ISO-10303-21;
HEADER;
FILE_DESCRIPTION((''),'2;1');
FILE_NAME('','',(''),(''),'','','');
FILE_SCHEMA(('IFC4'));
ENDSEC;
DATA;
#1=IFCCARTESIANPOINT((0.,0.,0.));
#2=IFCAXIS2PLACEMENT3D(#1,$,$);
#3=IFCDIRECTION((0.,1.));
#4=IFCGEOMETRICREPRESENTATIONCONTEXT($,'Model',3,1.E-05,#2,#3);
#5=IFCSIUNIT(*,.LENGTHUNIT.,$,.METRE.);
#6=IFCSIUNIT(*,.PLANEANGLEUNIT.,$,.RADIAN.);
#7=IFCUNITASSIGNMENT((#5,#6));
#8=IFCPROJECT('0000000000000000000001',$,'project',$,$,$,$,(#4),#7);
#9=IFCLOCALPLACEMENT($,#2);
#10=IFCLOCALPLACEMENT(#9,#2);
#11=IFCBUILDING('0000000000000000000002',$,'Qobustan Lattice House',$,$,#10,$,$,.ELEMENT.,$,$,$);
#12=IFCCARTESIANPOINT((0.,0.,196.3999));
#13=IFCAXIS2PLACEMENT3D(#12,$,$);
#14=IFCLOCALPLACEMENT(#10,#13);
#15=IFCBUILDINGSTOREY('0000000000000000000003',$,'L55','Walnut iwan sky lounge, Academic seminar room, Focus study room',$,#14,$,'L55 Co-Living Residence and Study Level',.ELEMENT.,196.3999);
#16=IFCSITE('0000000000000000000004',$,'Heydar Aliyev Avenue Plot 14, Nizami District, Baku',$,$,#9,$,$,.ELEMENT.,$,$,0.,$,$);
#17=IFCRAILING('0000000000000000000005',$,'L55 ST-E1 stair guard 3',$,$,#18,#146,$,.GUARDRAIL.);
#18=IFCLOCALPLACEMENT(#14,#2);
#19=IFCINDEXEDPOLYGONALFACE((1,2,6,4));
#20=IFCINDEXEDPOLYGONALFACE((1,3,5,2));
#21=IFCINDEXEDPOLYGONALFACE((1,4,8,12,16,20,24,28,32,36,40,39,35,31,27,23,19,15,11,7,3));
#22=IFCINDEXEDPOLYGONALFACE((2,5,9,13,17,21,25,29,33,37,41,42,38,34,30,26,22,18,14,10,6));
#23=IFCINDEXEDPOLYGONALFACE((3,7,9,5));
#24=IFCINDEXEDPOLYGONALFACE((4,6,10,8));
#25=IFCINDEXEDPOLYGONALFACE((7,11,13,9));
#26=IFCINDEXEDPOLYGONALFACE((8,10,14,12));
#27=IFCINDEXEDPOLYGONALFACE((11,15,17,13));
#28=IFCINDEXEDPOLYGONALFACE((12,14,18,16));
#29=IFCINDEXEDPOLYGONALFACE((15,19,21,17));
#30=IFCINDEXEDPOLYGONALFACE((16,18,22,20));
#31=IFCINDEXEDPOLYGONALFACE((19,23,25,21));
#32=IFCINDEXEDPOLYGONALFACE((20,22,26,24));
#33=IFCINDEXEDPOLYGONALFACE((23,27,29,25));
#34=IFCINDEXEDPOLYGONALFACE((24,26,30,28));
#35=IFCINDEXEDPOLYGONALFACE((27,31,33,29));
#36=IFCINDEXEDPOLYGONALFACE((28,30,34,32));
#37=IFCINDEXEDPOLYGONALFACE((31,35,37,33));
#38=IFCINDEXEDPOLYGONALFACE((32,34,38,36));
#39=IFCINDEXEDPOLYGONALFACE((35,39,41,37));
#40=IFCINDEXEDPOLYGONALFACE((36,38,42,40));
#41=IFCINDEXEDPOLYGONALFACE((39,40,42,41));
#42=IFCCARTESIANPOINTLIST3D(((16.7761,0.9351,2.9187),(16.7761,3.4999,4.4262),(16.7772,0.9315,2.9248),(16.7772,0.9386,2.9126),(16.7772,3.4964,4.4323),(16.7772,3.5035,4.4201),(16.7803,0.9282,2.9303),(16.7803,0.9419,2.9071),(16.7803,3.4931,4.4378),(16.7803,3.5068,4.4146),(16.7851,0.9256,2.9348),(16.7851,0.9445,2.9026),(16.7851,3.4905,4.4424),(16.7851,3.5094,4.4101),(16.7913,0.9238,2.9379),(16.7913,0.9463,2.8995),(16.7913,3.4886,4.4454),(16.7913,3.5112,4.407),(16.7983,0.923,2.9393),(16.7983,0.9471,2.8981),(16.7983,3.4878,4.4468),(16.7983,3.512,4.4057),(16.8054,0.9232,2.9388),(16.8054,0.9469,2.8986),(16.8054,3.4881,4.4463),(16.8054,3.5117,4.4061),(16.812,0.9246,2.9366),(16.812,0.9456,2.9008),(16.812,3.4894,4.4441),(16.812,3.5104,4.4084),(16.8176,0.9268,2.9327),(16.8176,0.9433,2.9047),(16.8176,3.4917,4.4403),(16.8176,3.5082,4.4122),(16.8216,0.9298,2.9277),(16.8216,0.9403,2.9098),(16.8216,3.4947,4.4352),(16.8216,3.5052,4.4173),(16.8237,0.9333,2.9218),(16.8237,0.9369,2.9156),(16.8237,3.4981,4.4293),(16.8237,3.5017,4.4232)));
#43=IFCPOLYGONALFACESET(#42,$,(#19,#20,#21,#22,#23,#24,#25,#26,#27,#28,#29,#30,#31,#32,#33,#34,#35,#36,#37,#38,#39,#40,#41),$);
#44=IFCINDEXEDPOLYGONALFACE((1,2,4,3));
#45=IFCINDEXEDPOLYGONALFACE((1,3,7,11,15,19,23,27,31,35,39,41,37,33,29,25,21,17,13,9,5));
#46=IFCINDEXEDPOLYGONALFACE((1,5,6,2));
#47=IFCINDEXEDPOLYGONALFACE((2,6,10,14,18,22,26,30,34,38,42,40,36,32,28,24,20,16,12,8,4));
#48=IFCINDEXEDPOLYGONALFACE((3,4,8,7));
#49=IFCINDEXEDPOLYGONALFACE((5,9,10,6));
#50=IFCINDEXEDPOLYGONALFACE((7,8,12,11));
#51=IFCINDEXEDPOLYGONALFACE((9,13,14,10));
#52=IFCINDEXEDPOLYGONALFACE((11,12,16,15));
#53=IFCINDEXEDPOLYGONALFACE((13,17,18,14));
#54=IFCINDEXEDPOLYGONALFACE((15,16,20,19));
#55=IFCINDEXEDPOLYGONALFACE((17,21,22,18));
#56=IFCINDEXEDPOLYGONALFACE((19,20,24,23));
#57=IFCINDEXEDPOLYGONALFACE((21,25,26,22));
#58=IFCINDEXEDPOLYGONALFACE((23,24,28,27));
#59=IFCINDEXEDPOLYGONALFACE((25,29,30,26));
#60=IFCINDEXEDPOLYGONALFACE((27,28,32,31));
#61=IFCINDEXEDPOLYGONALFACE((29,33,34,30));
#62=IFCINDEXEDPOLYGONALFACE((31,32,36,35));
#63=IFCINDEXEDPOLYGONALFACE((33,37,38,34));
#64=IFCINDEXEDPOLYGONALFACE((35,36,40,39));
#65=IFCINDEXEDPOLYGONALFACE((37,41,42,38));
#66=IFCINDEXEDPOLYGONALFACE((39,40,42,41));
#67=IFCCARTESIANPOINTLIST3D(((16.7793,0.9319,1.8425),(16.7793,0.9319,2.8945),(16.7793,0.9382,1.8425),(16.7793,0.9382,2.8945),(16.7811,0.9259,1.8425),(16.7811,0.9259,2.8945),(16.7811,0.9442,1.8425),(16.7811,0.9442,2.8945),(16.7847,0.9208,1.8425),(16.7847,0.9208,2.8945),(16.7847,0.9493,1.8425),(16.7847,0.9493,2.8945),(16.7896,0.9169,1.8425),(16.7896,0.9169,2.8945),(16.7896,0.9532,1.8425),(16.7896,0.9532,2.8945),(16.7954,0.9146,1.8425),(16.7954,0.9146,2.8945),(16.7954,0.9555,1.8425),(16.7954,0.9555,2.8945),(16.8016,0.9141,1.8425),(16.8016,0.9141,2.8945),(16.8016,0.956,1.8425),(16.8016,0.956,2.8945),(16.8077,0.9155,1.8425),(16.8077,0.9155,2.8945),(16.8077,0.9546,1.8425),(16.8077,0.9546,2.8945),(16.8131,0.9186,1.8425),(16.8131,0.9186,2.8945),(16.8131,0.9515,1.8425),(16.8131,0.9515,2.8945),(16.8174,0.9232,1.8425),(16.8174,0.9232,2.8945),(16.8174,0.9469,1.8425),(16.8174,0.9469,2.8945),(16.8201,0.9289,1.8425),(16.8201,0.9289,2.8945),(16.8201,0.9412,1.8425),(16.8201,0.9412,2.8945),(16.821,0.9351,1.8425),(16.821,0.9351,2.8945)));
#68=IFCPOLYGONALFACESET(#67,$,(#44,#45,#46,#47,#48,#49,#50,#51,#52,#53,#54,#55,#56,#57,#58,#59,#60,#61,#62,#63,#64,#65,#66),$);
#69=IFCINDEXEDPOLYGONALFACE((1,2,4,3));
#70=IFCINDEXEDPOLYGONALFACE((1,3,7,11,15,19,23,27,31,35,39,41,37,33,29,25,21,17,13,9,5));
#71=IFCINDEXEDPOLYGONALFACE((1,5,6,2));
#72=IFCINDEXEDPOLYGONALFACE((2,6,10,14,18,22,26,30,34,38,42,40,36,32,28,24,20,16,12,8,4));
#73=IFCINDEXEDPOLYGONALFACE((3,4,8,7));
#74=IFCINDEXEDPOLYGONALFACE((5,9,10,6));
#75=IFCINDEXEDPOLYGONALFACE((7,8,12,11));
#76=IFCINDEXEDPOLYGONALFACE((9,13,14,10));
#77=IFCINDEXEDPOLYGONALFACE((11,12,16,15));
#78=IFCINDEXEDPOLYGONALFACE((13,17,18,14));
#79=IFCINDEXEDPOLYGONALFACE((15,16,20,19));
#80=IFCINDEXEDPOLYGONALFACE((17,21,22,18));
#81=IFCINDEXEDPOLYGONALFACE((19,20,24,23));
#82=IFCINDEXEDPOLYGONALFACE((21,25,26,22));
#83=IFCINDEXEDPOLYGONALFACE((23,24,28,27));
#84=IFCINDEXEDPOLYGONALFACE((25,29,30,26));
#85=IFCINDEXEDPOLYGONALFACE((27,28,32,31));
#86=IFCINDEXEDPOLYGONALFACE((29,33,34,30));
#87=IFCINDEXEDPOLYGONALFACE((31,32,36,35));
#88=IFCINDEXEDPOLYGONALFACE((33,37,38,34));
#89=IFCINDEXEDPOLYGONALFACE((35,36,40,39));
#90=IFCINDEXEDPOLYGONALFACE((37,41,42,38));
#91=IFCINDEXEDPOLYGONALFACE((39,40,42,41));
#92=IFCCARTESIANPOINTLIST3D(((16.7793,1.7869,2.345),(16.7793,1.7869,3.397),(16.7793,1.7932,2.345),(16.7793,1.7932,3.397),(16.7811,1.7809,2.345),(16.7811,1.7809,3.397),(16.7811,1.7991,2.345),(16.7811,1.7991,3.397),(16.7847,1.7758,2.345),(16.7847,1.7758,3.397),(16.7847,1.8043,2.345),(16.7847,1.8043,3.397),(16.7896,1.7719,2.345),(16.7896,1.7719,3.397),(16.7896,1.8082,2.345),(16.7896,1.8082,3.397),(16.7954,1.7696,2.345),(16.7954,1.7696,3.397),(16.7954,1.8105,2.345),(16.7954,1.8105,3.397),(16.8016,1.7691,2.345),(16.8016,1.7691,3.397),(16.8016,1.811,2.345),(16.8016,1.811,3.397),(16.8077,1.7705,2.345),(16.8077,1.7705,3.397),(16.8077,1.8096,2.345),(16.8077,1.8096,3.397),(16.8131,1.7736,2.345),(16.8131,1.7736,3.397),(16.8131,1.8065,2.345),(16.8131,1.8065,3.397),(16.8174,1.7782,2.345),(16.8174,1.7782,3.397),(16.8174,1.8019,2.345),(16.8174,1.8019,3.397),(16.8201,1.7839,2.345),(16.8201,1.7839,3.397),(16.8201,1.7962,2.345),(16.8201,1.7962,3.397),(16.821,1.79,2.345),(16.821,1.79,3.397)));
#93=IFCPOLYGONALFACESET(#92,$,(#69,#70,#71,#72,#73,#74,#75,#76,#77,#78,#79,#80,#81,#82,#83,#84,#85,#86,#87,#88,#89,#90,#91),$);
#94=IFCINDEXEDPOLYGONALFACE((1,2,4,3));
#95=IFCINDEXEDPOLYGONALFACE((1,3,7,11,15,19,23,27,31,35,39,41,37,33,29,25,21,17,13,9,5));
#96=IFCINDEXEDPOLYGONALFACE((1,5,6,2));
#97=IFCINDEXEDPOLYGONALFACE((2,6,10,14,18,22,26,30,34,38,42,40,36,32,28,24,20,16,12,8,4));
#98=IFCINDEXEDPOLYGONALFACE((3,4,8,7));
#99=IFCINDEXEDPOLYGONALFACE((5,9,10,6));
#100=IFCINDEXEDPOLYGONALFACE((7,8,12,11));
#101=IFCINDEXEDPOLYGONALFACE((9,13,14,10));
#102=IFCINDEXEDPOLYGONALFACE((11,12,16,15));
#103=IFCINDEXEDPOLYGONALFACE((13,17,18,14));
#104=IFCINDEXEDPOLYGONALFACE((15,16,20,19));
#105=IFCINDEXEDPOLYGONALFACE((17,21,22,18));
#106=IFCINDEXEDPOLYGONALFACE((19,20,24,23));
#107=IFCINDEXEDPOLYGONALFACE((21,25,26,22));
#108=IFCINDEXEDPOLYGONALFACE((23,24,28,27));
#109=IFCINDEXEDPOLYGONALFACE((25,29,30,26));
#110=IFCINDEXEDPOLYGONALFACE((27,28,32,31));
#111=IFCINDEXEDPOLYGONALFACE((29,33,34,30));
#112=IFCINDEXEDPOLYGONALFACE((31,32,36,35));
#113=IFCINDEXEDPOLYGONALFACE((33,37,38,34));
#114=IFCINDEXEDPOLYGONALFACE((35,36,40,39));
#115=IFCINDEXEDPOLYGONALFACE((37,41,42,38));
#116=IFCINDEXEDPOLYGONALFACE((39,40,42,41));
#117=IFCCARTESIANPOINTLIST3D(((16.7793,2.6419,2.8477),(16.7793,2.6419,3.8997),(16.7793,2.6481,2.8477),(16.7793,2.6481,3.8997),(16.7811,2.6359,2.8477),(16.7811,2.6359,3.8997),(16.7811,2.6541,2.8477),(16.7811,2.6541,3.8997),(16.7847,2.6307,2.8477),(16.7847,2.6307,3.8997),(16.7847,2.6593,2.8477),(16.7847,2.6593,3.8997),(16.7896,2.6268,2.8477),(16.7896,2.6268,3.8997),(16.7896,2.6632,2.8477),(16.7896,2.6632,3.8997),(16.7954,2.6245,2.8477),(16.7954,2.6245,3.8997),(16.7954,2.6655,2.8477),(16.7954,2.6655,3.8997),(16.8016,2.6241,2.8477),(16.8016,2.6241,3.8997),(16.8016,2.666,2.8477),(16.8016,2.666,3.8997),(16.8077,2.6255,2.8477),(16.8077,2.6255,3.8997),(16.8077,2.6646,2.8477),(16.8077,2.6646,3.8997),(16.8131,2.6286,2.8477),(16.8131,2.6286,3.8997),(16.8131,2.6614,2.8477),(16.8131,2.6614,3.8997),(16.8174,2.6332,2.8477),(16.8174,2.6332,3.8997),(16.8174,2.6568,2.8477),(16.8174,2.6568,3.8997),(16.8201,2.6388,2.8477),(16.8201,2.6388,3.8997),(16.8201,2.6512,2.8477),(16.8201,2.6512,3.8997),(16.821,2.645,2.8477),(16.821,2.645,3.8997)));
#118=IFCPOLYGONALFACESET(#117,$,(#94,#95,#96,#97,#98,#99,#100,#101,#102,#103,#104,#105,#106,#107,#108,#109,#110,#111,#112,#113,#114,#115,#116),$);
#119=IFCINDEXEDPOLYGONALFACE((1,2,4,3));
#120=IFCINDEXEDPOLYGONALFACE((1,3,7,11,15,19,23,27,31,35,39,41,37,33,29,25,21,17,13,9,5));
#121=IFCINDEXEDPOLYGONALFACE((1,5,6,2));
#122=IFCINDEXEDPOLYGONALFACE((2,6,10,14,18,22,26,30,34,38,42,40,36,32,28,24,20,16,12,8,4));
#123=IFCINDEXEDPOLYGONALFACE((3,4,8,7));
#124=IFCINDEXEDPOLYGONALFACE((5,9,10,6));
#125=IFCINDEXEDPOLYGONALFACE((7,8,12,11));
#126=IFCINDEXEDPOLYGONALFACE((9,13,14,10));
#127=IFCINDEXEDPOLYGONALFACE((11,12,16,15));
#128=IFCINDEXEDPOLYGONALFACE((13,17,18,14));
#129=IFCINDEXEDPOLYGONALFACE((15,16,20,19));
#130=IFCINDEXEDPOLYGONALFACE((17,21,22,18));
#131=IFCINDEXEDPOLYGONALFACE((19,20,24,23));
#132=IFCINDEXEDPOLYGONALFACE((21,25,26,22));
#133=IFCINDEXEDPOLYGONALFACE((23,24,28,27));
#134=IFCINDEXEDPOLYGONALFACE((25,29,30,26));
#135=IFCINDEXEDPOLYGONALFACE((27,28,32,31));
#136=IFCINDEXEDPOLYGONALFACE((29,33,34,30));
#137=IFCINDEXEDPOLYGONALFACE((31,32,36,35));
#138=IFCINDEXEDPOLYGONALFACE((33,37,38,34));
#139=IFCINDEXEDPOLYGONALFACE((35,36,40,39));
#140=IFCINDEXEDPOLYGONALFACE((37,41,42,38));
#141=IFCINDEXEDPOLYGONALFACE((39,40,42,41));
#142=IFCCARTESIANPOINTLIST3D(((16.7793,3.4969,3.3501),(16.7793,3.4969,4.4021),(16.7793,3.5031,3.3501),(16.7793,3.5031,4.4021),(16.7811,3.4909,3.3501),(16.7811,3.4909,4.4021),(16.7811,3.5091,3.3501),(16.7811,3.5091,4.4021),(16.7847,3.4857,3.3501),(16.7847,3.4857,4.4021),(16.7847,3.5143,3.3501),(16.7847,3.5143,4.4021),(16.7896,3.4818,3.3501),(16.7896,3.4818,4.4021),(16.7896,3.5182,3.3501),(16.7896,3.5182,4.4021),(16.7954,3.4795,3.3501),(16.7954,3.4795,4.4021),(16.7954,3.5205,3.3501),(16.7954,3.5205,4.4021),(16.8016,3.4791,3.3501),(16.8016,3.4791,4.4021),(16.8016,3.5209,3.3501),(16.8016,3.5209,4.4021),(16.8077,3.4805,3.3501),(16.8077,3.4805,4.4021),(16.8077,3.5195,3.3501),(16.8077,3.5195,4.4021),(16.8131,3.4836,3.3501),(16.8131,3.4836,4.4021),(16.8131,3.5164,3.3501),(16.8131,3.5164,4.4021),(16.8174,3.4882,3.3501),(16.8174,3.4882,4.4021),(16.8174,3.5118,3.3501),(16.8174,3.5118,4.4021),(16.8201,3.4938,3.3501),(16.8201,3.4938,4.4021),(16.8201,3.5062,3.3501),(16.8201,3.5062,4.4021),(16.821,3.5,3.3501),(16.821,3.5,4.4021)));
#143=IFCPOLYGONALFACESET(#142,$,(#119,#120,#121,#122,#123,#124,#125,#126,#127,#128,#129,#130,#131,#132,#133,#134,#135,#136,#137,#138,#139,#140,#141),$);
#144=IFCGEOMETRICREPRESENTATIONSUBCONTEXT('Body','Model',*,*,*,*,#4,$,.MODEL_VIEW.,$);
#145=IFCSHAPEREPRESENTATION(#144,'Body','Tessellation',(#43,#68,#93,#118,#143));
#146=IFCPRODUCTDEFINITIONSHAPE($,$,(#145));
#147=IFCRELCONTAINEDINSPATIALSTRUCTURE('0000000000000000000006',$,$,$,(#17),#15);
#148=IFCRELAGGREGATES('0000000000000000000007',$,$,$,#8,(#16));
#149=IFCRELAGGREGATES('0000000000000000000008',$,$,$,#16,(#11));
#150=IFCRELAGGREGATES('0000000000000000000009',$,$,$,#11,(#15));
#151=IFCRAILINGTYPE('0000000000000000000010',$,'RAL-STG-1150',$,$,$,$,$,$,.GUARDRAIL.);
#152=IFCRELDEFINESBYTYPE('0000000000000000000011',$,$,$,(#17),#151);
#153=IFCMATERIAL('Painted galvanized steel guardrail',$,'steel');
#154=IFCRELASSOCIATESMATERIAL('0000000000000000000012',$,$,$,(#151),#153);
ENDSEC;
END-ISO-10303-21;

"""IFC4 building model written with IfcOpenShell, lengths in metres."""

from ifc_helpers import new_model, si_unit, direction, frame, origin, origin_2d, place, context, subcontext, project, spatial, circle, extrude, material, type_object, element, save


model = new_model("IFC4")

# Units and contexts
model_context = context("Model", 3, precision=1e-05, world=origin(), true_north=direction((0.0, 1.0)))
body_context = subcontext(model_context, "Body", "Model", "MODEL_VIEW")
ifc_project = project(units=[si_unit("LENGTHUNIT", "METRE"), si_unit("PLANEANGLEUNIT", "RADIAN")], contexts=[model_context])

# Site, building, storey
site_placement = place(None, origin())
site = spatial("IfcSite", under=ifc_project, at=site_placement, Name="Heydar Aliyev Avenue Plot 14, Nizami District, Baku", CompositionType="ELEMENT", RefElevation=0.0)
building_placement = place(site_placement, origin())
building = spatial("IfcBuilding", under=site, at=building_placement, Name="Qobustan Lattice House", CompositionType="ELEMENT")
storey_placement = place(building_placement, frame((0.0, 0.0, 196.3999)))
storey = spatial("IfcBuildingStorey", under=building, at=storey_placement, Name="L55", Description="Walnut iwan sky lounge, Academic seminar room, Focus study room", LongName="L55 Co-Living Residence and Study Level", CompositionType="ELEMENT", Elevation=196.3999)

# Railing
ifc_material_1 = material(Name="Painted galvanized steel guardrail", Category="steel")
railing_type_1 = type_object("IfcRailingType", Name="RAL-STG-1150", PredefinedType="GUARDRAIL", material=ifc_material_1)
railing_1_placement = place(storey_placement, frame((16.8, 0.9351, 1.8425)))
element("IfcRailing", 1, at=railing_1_placement, inside=storey, type_object=railing_type_1, Name="L55 ST-E1 stair guard 3", PredefinedType="GUARDRAIL", context=body_context, shape_type="SweptSolid", body=[
    extrude(circle(Radius=0.0239, at=origin_2d()), frame((0.0, 0.0, 1.0762), z_axis=(0.0, 0.862113, 0.506715), x_axis=(-1.0, 0.0, 0.0)), (0.0, 0.0, 1.0), 2.9751),
    extrude(circle(Radius=0.021, at=origin_2d()), origin(), (0.0, 0.0, 1.0), 1.052),
    extrude(circle(Radius=0.021, at=origin_2d()), frame((0.0, 0.855, 0.5024)), (0.0, 0.0, 1.0), 1.052),
    extrude(circle(Radius=0.021, at=origin_2d()), frame((0.0, 1.71, 1.0051)), (0.0, 0.0, 1.0), 1.052),
    extrude(circle(Radius=0.021, at=origin_2d()), frame((0.0, 2.5649, 1.5076)), (0.0, 0.0, 1.0), 1.052),
])

save(model, "model.ifc")
